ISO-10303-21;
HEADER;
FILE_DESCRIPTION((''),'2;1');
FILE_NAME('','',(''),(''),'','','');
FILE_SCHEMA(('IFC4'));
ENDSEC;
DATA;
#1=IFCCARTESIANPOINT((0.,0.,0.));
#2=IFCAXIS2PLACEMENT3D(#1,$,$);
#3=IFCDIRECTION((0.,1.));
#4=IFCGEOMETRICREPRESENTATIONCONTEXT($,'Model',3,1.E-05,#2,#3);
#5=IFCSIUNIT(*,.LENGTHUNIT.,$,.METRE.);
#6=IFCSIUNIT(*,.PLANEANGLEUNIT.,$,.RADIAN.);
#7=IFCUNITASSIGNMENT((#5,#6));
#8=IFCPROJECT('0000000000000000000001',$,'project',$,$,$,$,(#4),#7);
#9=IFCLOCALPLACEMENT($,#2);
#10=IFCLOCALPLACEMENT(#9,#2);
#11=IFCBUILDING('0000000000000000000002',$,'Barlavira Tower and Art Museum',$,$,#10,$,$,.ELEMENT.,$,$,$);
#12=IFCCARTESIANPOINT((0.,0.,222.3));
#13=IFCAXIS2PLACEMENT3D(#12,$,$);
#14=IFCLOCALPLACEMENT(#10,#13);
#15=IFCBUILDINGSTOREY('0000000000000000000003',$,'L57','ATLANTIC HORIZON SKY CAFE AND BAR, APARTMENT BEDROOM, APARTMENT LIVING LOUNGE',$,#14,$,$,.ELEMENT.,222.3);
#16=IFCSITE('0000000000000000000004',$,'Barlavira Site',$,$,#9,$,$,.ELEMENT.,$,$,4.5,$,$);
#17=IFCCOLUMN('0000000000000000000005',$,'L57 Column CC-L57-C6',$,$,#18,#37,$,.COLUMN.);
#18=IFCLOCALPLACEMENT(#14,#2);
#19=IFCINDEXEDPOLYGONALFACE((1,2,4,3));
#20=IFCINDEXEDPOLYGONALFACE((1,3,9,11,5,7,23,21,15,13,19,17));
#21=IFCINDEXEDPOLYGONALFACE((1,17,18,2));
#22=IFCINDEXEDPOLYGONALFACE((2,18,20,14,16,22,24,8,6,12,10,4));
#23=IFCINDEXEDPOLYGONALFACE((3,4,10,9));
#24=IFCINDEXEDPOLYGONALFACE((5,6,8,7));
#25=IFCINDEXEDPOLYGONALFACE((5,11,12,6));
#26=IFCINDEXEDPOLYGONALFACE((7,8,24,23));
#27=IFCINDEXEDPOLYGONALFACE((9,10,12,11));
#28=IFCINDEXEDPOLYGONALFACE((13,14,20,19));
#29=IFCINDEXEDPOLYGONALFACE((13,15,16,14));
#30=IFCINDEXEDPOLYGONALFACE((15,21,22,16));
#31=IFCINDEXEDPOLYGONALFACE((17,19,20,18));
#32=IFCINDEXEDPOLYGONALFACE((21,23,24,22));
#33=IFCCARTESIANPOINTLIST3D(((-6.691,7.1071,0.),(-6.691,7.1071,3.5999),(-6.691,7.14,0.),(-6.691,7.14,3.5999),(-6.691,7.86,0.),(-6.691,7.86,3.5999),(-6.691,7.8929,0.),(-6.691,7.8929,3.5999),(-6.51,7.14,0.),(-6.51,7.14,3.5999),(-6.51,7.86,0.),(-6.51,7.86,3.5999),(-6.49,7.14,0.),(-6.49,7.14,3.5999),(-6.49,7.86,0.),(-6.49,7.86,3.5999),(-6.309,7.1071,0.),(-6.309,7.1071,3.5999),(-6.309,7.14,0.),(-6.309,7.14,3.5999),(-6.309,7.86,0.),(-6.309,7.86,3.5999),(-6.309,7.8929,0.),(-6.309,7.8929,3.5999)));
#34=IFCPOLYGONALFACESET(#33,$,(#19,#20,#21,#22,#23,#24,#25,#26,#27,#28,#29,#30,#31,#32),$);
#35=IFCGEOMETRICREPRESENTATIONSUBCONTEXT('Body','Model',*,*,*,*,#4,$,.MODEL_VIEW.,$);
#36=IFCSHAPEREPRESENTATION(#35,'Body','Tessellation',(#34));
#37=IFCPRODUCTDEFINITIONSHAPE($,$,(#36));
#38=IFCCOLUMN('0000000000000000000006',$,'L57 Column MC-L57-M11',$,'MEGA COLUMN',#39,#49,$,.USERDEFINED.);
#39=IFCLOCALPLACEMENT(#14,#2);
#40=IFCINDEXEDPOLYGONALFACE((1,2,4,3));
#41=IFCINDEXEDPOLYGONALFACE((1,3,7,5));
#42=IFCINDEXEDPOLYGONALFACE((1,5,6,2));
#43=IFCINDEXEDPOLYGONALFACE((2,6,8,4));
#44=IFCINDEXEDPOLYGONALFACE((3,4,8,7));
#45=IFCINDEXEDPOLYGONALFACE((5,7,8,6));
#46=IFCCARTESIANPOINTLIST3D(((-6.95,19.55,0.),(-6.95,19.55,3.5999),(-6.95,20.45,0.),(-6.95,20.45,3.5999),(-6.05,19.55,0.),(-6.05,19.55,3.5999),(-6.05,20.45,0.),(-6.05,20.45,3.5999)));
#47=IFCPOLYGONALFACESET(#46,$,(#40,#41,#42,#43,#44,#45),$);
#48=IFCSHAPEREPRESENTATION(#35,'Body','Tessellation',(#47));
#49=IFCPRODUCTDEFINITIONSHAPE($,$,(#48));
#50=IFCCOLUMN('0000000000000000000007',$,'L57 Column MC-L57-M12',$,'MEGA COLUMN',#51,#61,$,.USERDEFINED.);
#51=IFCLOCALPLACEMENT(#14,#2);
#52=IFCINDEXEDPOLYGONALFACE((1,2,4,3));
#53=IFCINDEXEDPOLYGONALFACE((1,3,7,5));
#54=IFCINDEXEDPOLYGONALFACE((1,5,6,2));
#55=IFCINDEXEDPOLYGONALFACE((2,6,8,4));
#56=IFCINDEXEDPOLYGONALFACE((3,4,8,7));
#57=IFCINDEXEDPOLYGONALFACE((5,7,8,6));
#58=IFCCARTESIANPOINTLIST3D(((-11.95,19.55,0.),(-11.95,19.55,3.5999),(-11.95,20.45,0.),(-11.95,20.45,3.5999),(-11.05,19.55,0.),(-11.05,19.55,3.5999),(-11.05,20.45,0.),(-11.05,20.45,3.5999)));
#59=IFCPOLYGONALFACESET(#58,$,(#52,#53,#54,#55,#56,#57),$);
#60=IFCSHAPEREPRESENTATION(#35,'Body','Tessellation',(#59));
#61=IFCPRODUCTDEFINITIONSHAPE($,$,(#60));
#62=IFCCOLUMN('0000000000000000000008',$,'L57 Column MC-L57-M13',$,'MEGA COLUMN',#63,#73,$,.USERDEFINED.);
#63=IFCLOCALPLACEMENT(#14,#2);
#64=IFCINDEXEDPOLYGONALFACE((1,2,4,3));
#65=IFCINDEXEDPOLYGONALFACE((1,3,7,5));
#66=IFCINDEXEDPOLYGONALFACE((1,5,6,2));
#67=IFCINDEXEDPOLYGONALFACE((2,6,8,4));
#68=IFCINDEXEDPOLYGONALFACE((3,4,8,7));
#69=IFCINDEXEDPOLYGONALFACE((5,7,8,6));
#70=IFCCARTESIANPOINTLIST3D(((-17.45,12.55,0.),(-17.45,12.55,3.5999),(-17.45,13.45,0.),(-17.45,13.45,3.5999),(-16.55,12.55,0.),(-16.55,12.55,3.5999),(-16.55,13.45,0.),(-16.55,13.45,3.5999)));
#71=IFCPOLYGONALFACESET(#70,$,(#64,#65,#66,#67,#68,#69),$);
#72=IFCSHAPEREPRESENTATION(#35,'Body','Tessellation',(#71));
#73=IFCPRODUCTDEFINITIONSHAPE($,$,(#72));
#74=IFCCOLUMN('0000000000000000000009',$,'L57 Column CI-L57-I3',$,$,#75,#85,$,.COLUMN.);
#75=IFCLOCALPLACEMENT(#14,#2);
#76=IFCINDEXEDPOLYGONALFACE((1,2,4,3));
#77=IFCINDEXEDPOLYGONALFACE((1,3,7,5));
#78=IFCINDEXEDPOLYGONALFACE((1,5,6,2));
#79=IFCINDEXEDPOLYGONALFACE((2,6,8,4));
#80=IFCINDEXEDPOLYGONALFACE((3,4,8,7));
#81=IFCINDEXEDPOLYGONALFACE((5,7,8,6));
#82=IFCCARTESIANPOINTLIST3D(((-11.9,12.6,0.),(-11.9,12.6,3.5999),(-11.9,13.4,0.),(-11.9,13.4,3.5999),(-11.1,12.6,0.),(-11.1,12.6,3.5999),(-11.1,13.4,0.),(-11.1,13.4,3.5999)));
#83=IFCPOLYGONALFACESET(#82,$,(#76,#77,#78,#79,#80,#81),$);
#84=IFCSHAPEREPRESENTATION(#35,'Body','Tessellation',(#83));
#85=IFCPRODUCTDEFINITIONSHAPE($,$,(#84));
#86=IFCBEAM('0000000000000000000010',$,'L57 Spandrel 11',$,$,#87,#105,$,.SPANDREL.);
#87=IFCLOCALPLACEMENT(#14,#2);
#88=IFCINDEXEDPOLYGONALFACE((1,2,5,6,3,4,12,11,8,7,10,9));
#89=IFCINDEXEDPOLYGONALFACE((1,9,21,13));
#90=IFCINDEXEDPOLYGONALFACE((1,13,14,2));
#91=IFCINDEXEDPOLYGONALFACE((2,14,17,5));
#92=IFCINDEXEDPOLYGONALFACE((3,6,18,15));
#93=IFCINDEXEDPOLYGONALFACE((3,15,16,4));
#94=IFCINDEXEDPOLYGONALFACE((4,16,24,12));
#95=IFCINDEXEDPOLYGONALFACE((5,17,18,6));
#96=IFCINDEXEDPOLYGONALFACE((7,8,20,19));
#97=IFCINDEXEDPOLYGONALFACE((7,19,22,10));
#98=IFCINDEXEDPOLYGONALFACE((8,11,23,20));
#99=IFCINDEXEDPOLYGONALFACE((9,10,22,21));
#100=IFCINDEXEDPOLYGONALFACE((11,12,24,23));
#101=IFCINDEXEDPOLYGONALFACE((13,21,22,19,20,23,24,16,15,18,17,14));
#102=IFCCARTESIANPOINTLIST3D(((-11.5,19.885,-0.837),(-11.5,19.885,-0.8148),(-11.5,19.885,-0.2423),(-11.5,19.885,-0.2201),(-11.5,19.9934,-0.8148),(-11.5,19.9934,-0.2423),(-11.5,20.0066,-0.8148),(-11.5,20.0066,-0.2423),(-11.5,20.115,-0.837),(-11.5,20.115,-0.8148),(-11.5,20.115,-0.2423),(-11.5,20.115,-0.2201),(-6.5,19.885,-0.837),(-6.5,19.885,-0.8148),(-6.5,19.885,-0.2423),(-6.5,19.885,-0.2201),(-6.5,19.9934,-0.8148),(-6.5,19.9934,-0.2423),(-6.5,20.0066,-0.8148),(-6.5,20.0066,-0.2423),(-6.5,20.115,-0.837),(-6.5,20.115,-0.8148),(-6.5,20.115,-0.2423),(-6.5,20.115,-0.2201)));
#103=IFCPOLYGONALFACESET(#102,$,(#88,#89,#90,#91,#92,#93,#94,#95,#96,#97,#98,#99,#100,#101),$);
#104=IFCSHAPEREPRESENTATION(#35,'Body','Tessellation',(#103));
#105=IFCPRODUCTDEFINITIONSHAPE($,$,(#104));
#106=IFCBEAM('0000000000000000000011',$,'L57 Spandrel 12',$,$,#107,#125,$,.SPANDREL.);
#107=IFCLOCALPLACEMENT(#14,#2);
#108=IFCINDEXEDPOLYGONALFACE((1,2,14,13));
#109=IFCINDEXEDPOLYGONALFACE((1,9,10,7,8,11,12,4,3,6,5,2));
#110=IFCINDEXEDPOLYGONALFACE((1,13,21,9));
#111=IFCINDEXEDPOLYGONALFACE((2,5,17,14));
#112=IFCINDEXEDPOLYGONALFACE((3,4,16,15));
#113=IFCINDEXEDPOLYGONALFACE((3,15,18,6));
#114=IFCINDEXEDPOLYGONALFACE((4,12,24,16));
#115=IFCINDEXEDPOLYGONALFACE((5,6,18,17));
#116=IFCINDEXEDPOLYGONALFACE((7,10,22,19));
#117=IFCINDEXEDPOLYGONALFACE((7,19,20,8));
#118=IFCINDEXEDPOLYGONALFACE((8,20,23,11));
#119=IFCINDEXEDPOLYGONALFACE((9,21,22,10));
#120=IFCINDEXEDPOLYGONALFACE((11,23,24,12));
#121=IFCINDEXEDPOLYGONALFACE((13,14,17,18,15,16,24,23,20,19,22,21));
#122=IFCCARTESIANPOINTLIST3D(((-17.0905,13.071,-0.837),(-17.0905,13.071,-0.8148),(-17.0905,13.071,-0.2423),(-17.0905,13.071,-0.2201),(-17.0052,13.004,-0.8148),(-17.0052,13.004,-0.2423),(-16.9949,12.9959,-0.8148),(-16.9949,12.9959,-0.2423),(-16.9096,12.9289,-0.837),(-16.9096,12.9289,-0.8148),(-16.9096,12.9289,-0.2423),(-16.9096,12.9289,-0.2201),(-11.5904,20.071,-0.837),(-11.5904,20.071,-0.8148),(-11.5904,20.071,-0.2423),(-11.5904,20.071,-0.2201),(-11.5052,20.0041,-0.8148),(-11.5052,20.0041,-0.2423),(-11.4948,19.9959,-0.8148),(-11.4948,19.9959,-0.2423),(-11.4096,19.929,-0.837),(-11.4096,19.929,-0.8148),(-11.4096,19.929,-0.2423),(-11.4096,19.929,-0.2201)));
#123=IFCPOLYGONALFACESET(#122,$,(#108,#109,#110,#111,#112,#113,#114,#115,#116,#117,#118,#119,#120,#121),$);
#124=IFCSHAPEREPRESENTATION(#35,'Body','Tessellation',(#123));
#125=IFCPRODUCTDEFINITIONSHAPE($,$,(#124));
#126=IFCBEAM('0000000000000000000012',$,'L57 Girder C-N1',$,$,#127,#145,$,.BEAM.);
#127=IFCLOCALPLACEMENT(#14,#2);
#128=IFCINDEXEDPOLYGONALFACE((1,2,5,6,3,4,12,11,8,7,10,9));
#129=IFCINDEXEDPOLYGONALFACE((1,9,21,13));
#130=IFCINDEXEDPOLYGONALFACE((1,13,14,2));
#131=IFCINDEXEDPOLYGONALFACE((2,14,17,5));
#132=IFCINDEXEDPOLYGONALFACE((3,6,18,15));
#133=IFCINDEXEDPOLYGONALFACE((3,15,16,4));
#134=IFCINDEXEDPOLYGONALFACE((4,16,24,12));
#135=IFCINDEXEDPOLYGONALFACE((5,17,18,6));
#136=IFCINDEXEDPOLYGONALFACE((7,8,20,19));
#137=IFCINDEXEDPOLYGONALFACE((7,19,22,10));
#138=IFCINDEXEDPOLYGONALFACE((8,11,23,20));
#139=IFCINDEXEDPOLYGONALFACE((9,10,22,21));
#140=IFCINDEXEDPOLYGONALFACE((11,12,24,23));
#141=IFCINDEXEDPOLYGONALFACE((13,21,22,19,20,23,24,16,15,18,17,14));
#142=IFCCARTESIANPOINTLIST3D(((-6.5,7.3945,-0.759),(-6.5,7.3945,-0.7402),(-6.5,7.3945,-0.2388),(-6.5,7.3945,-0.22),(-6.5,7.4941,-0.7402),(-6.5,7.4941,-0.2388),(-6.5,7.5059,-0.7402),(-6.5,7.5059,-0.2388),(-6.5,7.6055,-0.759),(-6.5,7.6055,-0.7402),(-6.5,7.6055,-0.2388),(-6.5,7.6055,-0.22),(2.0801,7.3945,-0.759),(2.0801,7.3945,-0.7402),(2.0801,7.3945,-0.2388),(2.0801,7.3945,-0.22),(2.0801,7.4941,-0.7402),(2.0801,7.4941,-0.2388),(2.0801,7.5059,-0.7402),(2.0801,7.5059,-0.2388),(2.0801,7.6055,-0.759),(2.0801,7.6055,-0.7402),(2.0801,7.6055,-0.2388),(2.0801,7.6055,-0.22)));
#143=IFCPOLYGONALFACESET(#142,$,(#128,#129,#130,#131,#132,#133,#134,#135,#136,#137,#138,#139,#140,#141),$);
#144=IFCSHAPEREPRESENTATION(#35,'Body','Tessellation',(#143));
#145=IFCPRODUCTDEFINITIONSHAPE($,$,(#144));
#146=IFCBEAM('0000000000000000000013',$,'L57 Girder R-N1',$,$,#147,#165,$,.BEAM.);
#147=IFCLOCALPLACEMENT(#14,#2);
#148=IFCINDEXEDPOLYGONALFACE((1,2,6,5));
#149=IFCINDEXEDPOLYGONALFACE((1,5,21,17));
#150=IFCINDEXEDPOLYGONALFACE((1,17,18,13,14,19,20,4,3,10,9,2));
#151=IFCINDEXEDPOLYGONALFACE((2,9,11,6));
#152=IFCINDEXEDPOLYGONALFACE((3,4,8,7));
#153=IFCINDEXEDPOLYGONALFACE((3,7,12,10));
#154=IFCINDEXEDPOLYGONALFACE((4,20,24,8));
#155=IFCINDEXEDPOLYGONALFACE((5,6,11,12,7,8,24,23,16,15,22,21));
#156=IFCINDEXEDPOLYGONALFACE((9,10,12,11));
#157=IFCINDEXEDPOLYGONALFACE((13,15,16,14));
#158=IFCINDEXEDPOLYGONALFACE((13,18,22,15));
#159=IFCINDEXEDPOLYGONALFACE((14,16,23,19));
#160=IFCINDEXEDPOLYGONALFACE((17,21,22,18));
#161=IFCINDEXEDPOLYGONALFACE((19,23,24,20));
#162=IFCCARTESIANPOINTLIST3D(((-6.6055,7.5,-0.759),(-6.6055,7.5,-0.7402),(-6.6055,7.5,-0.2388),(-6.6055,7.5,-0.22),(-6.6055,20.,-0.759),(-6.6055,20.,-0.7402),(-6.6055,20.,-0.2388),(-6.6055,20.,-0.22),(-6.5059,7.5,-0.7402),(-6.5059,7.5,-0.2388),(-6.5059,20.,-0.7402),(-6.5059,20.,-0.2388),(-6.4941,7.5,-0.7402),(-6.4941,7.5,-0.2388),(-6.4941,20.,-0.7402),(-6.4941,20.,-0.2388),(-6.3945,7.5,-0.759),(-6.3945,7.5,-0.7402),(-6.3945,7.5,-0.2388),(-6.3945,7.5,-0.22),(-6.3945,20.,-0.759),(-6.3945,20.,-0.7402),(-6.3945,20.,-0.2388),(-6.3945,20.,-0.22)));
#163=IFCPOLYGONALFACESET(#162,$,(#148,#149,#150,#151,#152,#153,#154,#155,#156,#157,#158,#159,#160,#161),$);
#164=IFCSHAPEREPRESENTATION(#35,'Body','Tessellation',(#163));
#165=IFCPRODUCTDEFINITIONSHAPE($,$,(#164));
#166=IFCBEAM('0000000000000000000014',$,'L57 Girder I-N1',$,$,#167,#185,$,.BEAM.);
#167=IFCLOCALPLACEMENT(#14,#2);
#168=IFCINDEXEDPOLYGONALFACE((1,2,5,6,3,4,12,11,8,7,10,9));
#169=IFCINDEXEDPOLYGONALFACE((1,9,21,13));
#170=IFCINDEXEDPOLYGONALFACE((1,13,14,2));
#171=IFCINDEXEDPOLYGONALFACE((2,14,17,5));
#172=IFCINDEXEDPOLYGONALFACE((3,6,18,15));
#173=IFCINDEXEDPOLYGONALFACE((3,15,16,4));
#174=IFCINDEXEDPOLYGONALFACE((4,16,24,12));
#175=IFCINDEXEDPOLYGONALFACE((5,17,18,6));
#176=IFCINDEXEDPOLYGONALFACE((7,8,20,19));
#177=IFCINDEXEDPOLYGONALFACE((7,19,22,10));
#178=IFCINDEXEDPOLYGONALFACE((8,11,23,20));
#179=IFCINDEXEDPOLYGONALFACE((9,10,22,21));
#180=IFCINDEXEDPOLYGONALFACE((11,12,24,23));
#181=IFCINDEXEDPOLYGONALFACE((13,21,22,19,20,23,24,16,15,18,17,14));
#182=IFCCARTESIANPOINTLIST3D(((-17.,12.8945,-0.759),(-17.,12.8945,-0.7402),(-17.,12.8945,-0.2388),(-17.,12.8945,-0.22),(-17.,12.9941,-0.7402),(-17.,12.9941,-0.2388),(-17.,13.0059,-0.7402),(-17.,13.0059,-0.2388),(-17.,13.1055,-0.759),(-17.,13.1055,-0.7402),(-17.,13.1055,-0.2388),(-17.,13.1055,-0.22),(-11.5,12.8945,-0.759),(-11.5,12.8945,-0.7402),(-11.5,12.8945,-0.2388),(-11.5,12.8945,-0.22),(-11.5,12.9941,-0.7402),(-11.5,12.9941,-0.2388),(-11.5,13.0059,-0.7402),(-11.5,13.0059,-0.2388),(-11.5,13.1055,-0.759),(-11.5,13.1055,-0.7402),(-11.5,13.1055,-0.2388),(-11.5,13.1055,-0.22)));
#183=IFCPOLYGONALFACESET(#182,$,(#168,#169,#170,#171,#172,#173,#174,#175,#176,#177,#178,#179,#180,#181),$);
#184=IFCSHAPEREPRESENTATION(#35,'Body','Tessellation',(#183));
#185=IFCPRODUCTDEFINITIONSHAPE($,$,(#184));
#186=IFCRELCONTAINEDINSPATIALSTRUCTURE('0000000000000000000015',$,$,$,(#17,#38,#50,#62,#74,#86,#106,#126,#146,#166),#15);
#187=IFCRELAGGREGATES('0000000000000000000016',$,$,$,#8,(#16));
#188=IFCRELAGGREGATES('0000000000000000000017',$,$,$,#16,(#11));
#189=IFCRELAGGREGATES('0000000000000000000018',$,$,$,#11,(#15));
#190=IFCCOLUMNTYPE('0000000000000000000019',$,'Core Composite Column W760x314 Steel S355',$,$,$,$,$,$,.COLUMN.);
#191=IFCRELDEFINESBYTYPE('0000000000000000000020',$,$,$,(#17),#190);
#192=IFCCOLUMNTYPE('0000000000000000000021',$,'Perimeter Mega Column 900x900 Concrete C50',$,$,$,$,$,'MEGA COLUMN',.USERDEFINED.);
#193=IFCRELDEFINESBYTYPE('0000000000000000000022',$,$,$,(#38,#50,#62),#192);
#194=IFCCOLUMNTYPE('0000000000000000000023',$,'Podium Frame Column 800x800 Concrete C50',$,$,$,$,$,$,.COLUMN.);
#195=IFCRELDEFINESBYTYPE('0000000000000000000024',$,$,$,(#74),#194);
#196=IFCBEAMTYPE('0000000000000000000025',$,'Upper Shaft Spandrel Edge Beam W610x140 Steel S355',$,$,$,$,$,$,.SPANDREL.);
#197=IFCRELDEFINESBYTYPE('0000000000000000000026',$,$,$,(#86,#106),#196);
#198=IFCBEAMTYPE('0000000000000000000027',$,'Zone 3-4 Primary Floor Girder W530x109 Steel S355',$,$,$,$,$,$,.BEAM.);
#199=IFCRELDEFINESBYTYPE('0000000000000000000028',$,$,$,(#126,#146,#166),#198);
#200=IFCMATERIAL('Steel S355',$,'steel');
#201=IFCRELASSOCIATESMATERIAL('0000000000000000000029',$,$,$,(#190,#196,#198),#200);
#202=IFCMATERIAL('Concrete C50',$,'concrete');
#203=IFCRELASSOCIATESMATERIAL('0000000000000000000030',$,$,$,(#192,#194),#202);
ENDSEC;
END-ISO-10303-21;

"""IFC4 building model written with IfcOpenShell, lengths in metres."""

from ifc_helpers import new_model, si_unit, direction, frame, origin, origin_2d, place, context, subcontext, project, spatial, rectangle, i_section, extrude, material, material_profile, profile_set, type_object, element, save


model = new_model("IFC4")

# Units and contexts
model_context = context("Model", 3, precision=1e-05, world=origin(), true_north=direction((0.0, 1.0)))
body_context = subcontext(model_context, "Body", "Model", "MODEL_VIEW")
ifc_project = project(units=[si_unit("LENGTHUNIT", "METRE"), si_unit("PLANEANGLEUNIT", "RADIAN")], contexts=[model_context])

# Site, building, storey
site_placement = place(None, origin())
site = spatial("IfcSite", under=ifc_project, at=site_placement, Name="Barlavira Site", CompositionType="ELEMENT", RefElevation=4.5)
building_placement = place(site_placement, origin())
building = spatial("IfcBuilding", under=site, at=building_placement, Name="Barlavira Tower and Art Museum", CompositionType="ELEMENT")
storey_placement = place(building_placement, frame((0.0, 0.0, 222.3)))
storey = spatial("IfcBuildingStorey", under=building, at=storey_placement, Name="L57", Description="ATLANTIC HORIZON SKY CAFE AND BAR, APARTMENT BEDROOM, APARTMENT LIVING LOUNGE", CompositionType="ELEMENT", Elevation=222.3)

# Columns
ifc_material_1 = material(Name="Steel S355", Category="steel")
ifc_material_profile_1 = material_profile(ifc_material_1, i_section(OverallWidth=0.3821, OverallDepth=0.7859, WebThickness=0.02, FlangeThickness=0.033, at=origin_2d()), Name="W760x314.0")
ifc_profile_set_1 = profile_set([ifc_material_profile_1], Name="Steel S355")
column_type_1 = type_object("IfcColumnType", Name="Core Composite Column W760x314 Steel S355", PredefinedType="COLUMN", material=ifc_profile_set_1)
column_1_placement = place(storey_placement, frame((-6.5, 7.5, 0.0), z_axis=(0.0, 0.0, 1.0), x_axis=(1.0, 0.0, 0.0)))
element("IfcColumn", 1, at=column_1_placement, inside=storey, type_object=column_type_1, Name="L57 Column CC-L57-C6", PredefinedType="COLUMN", context=body_context, shape_type="SweptSolid", body=[
    extrude(i_section(OverallWidth=0.3821, OverallDepth=0.7859, WebThickness=0.02, FlangeThickness=0.033, at=origin_2d()), origin(), (0.0, 0.0, 1.0), 3.5999),
])
ifc_material_2 = material(Name="Concrete C50", Category="concrete")
ifc_material_profile_2 = material_profile(ifc_material_2, rectangle(XDim=0.8999, YDim=0.8999, at=origin_2d()), Name="RC-COL 900x900")
ifc_profile_set_2 = profile_set([ifc_material_profile_2], Name="Concrete C50")
column_type_2 = type_object("IfcColumnType", Name="Perimeter Mega Column 900x900 Concrete C50", ElementType="MEGA COLUMN", PredefinedType="USERDEFINED", material=ifc_profile_set_2)
for number, where, z_axis, x_axis, name in (
    (2, (-6.5, 20.0, 0.0), (0.0, 0.0, 1.0), (1.0, 0.0, 0.0), "L57 Column MC-L57-M11"),
    (3, (-11.5, 20.0, 0.0), (0.0, 0.0, 1.0), (1.0, 0.0, 0.0), "L57 Column MC-L57-M12"),
    (4, (-17.0, 13.0, 0.0), (0.0, 0.0, 1.0), (1.0, 0.0, 0.0), "L57 Column MC-L57-M13"),
):
    element("IfcColumn", number, at=place(storey_placement, frame(where, z_axis=z_axis, x_axis=x_axis)), inside=storey, type_object=column_type_2, Name=name, ObjectType="MEGA COLUMN", PredefinedType="USERDEFINED", context=body_context, shape_type="SweptSolid", body=[
        extrude(rectangle(XDim=0.8999, YDim=0.8999, at=origin_2d()), origin(), (0.0, 0.0, 1.0), 3.5999),
    ])
ifc_material_profile_3 = material_profile(ifc_material_2, rectangle(XDim=0.8, YDim=0.8, at=origin_2d()), Name="RC-COL 800x800")
ifc_profile_set_3 = profile_set([ifc_material_profile_3], Name="Concrete C50")
column_type_3 = type_object("IfcColumnType", Name="Podium Frame Column 800x800 Concrete C50", PredefinedType="COLUMN", material=ifc_profile_set_3)
column_2_placement = place(storey_placement, frame((-11.5, 13.0, 0.0), z_axis=(0.0, 0.0, 1.0), x_axis=(1.0, 0.0, 0.0)))
element("IfcColumn", 5, at=column_2_placement, inside=storey, type_object=column_type_3, Name="L57 Column CI-L57-I3", PredefinedType="COLUMN", context=body_context, shape_type="SweptSolid", body=[
    extrude(rectangle(XDim=0.8, YDim=0.8, at=origin_2d()), origin(), (0.0, 0.0, 1.0), 3.5999),
])

# Beams
ifc_material_profile_4 = material_profile(ifc_material_1, i_section(OverallWidth=0.23, OverallDepth=0.6169, WebThickness=0.0132, FlangeThickness=0.0222, at=origin_2d()), Name="W610x140.0")
ifc_profile_set_4 = profile_set([ifc_material_profile_4], Name="Steel S355")
beam_type_1 = type_object("IfcBeamType", Name="Upper Shaft Spandrel Edge Beam W610x140 Steel S355", PredefinedType="SPANDREL", material=ifc_profile_set_4)
beam_1_placement = place(storey_placement, frame((-11.5, 20.0, -0.5286), z_axis=(1.0, 0.0, 0.0), x_axis=(0.0, 1.0, 0.0)))
element("IfcBeam", 6, at=beam_1_placement, inside=storey, type_object=beam_type_1, Name="L57 Spandrel 11", PredefinedType="SPANDREL", context=body_context, shape_type="SweptSolid", body=[
    extrude(i_section(OverallWidth=0.23, OverallDepth=0.6169, WebThickness=0.0132, FlangeThickness=0.0222, at=origin_2d()), origin(), (0.0, 0.0, 1.0), 5.0),
])
beam_2_placement = place(storey_placement, frame((-11.5, 20.0, -0.5286), z_axis=(-0.617822, -0.786318, 0.0), x_axis=(0.786318, -0.617822, 0.0)))
element("IfcBeam", 7, at=beam_2_placement, inside=storey, type_object=beam_type_1, Name="L57 Spandrel 12", PredefinedType="SPANDREL", context=body_context, shape_type="SweptSolid", body=[
    extrude(i_section(OverallWidth=0.23, OverallDepth=0.6169, WebThickness=0.0132, FlangeThickness=0.0222, at=origin_2d()), origin(), (0.0, 0.0, 1.0), 8.9023),
])
ifc_material_profile_5 = material_profile(ifc_material_1, i_section(OverallWidth=0.2109, OverallDepth=0.5391, WebThickness=0.0117, FlangeThickness=0.0188, at=origin_2d()), Name="W530x109.0")
ifc_profile_set_5 = profile_set([ifc_material_profile_5], Name="Steel S355")
beam_type_2 = type_object("IfcBeamType", Name="Zone 3-4 Primary Floor Girder W530x109 Steel S355", PredefinedType="BEAM", material=ifc_profile_set_5)
beam_3_placement = place(storey_placement, frame((-6.5, 7.5, -0.4895), z_axis=(1.0, 0.0, 0.0), x_axis=(0.0, 1.0, 0.0)))
element("IfcBeam", 8, at=beam_3_placement, inside=storey, type_object=beam_type_2, Name="L57 Girder C-N1", PredefinedType="BEAM", context=body_context, shape_type="SweptSolid", body=[
    extrude(i_section(OverallWidth=0.2109, OverallDepth=0.5391, WebThickness=0.0117, FlangeThickness=0.0188, at=origin_2d()), origin(), (0.0, 0.0, 1.0), 8.5801),
])
beam_4_placement = place(storey_placement, frame((-6.5, 7.5, -0.4895), z_axis=(0.0, 1.0, 0.0), x_axis=(-1.0, 0.0, 0.0)))
element("IfcBeam", 9, at=beam_4_placement, inside=storey, type_object=beam_type_2, Name="L57 Girder R-N1", PredefinedType="BEAM", context=body_context, shape_type="SweptSolid", body=[
    extrude(i_section(OverallWidth=0.2109, OverallDepth=0.5391, WebThickness=0.0117, FlangeThickness=0.0188, at=origin_2d()), origin(), (0.0, 0.0, 1.0), 12.5),
])
beam_5_placement = place(storey_placement, frame((-17.0, 13.0, -0.4895), z_axis=(1.0, 0.0, 0.0), x_axis=(0.0, 1.0, 0.0)))
element("IfcBeam", 10, at=beam_5_placement, inside=storey, type_object=beam_type_2, Name="L57 Girder I-N1", PredefinedType="BEAM", context=body_context, shape_type="SweptSolid", body=[
    extrude(i_section(OverallWidth=0.2109, OverallDepth=0.5391, WebThickness=0.0117, FlangeThickness=0.0188, at=origin_2d()), origin(), (0.0, 0.0, 1.0), 5.5),
])

save(model, "model.ifc")
